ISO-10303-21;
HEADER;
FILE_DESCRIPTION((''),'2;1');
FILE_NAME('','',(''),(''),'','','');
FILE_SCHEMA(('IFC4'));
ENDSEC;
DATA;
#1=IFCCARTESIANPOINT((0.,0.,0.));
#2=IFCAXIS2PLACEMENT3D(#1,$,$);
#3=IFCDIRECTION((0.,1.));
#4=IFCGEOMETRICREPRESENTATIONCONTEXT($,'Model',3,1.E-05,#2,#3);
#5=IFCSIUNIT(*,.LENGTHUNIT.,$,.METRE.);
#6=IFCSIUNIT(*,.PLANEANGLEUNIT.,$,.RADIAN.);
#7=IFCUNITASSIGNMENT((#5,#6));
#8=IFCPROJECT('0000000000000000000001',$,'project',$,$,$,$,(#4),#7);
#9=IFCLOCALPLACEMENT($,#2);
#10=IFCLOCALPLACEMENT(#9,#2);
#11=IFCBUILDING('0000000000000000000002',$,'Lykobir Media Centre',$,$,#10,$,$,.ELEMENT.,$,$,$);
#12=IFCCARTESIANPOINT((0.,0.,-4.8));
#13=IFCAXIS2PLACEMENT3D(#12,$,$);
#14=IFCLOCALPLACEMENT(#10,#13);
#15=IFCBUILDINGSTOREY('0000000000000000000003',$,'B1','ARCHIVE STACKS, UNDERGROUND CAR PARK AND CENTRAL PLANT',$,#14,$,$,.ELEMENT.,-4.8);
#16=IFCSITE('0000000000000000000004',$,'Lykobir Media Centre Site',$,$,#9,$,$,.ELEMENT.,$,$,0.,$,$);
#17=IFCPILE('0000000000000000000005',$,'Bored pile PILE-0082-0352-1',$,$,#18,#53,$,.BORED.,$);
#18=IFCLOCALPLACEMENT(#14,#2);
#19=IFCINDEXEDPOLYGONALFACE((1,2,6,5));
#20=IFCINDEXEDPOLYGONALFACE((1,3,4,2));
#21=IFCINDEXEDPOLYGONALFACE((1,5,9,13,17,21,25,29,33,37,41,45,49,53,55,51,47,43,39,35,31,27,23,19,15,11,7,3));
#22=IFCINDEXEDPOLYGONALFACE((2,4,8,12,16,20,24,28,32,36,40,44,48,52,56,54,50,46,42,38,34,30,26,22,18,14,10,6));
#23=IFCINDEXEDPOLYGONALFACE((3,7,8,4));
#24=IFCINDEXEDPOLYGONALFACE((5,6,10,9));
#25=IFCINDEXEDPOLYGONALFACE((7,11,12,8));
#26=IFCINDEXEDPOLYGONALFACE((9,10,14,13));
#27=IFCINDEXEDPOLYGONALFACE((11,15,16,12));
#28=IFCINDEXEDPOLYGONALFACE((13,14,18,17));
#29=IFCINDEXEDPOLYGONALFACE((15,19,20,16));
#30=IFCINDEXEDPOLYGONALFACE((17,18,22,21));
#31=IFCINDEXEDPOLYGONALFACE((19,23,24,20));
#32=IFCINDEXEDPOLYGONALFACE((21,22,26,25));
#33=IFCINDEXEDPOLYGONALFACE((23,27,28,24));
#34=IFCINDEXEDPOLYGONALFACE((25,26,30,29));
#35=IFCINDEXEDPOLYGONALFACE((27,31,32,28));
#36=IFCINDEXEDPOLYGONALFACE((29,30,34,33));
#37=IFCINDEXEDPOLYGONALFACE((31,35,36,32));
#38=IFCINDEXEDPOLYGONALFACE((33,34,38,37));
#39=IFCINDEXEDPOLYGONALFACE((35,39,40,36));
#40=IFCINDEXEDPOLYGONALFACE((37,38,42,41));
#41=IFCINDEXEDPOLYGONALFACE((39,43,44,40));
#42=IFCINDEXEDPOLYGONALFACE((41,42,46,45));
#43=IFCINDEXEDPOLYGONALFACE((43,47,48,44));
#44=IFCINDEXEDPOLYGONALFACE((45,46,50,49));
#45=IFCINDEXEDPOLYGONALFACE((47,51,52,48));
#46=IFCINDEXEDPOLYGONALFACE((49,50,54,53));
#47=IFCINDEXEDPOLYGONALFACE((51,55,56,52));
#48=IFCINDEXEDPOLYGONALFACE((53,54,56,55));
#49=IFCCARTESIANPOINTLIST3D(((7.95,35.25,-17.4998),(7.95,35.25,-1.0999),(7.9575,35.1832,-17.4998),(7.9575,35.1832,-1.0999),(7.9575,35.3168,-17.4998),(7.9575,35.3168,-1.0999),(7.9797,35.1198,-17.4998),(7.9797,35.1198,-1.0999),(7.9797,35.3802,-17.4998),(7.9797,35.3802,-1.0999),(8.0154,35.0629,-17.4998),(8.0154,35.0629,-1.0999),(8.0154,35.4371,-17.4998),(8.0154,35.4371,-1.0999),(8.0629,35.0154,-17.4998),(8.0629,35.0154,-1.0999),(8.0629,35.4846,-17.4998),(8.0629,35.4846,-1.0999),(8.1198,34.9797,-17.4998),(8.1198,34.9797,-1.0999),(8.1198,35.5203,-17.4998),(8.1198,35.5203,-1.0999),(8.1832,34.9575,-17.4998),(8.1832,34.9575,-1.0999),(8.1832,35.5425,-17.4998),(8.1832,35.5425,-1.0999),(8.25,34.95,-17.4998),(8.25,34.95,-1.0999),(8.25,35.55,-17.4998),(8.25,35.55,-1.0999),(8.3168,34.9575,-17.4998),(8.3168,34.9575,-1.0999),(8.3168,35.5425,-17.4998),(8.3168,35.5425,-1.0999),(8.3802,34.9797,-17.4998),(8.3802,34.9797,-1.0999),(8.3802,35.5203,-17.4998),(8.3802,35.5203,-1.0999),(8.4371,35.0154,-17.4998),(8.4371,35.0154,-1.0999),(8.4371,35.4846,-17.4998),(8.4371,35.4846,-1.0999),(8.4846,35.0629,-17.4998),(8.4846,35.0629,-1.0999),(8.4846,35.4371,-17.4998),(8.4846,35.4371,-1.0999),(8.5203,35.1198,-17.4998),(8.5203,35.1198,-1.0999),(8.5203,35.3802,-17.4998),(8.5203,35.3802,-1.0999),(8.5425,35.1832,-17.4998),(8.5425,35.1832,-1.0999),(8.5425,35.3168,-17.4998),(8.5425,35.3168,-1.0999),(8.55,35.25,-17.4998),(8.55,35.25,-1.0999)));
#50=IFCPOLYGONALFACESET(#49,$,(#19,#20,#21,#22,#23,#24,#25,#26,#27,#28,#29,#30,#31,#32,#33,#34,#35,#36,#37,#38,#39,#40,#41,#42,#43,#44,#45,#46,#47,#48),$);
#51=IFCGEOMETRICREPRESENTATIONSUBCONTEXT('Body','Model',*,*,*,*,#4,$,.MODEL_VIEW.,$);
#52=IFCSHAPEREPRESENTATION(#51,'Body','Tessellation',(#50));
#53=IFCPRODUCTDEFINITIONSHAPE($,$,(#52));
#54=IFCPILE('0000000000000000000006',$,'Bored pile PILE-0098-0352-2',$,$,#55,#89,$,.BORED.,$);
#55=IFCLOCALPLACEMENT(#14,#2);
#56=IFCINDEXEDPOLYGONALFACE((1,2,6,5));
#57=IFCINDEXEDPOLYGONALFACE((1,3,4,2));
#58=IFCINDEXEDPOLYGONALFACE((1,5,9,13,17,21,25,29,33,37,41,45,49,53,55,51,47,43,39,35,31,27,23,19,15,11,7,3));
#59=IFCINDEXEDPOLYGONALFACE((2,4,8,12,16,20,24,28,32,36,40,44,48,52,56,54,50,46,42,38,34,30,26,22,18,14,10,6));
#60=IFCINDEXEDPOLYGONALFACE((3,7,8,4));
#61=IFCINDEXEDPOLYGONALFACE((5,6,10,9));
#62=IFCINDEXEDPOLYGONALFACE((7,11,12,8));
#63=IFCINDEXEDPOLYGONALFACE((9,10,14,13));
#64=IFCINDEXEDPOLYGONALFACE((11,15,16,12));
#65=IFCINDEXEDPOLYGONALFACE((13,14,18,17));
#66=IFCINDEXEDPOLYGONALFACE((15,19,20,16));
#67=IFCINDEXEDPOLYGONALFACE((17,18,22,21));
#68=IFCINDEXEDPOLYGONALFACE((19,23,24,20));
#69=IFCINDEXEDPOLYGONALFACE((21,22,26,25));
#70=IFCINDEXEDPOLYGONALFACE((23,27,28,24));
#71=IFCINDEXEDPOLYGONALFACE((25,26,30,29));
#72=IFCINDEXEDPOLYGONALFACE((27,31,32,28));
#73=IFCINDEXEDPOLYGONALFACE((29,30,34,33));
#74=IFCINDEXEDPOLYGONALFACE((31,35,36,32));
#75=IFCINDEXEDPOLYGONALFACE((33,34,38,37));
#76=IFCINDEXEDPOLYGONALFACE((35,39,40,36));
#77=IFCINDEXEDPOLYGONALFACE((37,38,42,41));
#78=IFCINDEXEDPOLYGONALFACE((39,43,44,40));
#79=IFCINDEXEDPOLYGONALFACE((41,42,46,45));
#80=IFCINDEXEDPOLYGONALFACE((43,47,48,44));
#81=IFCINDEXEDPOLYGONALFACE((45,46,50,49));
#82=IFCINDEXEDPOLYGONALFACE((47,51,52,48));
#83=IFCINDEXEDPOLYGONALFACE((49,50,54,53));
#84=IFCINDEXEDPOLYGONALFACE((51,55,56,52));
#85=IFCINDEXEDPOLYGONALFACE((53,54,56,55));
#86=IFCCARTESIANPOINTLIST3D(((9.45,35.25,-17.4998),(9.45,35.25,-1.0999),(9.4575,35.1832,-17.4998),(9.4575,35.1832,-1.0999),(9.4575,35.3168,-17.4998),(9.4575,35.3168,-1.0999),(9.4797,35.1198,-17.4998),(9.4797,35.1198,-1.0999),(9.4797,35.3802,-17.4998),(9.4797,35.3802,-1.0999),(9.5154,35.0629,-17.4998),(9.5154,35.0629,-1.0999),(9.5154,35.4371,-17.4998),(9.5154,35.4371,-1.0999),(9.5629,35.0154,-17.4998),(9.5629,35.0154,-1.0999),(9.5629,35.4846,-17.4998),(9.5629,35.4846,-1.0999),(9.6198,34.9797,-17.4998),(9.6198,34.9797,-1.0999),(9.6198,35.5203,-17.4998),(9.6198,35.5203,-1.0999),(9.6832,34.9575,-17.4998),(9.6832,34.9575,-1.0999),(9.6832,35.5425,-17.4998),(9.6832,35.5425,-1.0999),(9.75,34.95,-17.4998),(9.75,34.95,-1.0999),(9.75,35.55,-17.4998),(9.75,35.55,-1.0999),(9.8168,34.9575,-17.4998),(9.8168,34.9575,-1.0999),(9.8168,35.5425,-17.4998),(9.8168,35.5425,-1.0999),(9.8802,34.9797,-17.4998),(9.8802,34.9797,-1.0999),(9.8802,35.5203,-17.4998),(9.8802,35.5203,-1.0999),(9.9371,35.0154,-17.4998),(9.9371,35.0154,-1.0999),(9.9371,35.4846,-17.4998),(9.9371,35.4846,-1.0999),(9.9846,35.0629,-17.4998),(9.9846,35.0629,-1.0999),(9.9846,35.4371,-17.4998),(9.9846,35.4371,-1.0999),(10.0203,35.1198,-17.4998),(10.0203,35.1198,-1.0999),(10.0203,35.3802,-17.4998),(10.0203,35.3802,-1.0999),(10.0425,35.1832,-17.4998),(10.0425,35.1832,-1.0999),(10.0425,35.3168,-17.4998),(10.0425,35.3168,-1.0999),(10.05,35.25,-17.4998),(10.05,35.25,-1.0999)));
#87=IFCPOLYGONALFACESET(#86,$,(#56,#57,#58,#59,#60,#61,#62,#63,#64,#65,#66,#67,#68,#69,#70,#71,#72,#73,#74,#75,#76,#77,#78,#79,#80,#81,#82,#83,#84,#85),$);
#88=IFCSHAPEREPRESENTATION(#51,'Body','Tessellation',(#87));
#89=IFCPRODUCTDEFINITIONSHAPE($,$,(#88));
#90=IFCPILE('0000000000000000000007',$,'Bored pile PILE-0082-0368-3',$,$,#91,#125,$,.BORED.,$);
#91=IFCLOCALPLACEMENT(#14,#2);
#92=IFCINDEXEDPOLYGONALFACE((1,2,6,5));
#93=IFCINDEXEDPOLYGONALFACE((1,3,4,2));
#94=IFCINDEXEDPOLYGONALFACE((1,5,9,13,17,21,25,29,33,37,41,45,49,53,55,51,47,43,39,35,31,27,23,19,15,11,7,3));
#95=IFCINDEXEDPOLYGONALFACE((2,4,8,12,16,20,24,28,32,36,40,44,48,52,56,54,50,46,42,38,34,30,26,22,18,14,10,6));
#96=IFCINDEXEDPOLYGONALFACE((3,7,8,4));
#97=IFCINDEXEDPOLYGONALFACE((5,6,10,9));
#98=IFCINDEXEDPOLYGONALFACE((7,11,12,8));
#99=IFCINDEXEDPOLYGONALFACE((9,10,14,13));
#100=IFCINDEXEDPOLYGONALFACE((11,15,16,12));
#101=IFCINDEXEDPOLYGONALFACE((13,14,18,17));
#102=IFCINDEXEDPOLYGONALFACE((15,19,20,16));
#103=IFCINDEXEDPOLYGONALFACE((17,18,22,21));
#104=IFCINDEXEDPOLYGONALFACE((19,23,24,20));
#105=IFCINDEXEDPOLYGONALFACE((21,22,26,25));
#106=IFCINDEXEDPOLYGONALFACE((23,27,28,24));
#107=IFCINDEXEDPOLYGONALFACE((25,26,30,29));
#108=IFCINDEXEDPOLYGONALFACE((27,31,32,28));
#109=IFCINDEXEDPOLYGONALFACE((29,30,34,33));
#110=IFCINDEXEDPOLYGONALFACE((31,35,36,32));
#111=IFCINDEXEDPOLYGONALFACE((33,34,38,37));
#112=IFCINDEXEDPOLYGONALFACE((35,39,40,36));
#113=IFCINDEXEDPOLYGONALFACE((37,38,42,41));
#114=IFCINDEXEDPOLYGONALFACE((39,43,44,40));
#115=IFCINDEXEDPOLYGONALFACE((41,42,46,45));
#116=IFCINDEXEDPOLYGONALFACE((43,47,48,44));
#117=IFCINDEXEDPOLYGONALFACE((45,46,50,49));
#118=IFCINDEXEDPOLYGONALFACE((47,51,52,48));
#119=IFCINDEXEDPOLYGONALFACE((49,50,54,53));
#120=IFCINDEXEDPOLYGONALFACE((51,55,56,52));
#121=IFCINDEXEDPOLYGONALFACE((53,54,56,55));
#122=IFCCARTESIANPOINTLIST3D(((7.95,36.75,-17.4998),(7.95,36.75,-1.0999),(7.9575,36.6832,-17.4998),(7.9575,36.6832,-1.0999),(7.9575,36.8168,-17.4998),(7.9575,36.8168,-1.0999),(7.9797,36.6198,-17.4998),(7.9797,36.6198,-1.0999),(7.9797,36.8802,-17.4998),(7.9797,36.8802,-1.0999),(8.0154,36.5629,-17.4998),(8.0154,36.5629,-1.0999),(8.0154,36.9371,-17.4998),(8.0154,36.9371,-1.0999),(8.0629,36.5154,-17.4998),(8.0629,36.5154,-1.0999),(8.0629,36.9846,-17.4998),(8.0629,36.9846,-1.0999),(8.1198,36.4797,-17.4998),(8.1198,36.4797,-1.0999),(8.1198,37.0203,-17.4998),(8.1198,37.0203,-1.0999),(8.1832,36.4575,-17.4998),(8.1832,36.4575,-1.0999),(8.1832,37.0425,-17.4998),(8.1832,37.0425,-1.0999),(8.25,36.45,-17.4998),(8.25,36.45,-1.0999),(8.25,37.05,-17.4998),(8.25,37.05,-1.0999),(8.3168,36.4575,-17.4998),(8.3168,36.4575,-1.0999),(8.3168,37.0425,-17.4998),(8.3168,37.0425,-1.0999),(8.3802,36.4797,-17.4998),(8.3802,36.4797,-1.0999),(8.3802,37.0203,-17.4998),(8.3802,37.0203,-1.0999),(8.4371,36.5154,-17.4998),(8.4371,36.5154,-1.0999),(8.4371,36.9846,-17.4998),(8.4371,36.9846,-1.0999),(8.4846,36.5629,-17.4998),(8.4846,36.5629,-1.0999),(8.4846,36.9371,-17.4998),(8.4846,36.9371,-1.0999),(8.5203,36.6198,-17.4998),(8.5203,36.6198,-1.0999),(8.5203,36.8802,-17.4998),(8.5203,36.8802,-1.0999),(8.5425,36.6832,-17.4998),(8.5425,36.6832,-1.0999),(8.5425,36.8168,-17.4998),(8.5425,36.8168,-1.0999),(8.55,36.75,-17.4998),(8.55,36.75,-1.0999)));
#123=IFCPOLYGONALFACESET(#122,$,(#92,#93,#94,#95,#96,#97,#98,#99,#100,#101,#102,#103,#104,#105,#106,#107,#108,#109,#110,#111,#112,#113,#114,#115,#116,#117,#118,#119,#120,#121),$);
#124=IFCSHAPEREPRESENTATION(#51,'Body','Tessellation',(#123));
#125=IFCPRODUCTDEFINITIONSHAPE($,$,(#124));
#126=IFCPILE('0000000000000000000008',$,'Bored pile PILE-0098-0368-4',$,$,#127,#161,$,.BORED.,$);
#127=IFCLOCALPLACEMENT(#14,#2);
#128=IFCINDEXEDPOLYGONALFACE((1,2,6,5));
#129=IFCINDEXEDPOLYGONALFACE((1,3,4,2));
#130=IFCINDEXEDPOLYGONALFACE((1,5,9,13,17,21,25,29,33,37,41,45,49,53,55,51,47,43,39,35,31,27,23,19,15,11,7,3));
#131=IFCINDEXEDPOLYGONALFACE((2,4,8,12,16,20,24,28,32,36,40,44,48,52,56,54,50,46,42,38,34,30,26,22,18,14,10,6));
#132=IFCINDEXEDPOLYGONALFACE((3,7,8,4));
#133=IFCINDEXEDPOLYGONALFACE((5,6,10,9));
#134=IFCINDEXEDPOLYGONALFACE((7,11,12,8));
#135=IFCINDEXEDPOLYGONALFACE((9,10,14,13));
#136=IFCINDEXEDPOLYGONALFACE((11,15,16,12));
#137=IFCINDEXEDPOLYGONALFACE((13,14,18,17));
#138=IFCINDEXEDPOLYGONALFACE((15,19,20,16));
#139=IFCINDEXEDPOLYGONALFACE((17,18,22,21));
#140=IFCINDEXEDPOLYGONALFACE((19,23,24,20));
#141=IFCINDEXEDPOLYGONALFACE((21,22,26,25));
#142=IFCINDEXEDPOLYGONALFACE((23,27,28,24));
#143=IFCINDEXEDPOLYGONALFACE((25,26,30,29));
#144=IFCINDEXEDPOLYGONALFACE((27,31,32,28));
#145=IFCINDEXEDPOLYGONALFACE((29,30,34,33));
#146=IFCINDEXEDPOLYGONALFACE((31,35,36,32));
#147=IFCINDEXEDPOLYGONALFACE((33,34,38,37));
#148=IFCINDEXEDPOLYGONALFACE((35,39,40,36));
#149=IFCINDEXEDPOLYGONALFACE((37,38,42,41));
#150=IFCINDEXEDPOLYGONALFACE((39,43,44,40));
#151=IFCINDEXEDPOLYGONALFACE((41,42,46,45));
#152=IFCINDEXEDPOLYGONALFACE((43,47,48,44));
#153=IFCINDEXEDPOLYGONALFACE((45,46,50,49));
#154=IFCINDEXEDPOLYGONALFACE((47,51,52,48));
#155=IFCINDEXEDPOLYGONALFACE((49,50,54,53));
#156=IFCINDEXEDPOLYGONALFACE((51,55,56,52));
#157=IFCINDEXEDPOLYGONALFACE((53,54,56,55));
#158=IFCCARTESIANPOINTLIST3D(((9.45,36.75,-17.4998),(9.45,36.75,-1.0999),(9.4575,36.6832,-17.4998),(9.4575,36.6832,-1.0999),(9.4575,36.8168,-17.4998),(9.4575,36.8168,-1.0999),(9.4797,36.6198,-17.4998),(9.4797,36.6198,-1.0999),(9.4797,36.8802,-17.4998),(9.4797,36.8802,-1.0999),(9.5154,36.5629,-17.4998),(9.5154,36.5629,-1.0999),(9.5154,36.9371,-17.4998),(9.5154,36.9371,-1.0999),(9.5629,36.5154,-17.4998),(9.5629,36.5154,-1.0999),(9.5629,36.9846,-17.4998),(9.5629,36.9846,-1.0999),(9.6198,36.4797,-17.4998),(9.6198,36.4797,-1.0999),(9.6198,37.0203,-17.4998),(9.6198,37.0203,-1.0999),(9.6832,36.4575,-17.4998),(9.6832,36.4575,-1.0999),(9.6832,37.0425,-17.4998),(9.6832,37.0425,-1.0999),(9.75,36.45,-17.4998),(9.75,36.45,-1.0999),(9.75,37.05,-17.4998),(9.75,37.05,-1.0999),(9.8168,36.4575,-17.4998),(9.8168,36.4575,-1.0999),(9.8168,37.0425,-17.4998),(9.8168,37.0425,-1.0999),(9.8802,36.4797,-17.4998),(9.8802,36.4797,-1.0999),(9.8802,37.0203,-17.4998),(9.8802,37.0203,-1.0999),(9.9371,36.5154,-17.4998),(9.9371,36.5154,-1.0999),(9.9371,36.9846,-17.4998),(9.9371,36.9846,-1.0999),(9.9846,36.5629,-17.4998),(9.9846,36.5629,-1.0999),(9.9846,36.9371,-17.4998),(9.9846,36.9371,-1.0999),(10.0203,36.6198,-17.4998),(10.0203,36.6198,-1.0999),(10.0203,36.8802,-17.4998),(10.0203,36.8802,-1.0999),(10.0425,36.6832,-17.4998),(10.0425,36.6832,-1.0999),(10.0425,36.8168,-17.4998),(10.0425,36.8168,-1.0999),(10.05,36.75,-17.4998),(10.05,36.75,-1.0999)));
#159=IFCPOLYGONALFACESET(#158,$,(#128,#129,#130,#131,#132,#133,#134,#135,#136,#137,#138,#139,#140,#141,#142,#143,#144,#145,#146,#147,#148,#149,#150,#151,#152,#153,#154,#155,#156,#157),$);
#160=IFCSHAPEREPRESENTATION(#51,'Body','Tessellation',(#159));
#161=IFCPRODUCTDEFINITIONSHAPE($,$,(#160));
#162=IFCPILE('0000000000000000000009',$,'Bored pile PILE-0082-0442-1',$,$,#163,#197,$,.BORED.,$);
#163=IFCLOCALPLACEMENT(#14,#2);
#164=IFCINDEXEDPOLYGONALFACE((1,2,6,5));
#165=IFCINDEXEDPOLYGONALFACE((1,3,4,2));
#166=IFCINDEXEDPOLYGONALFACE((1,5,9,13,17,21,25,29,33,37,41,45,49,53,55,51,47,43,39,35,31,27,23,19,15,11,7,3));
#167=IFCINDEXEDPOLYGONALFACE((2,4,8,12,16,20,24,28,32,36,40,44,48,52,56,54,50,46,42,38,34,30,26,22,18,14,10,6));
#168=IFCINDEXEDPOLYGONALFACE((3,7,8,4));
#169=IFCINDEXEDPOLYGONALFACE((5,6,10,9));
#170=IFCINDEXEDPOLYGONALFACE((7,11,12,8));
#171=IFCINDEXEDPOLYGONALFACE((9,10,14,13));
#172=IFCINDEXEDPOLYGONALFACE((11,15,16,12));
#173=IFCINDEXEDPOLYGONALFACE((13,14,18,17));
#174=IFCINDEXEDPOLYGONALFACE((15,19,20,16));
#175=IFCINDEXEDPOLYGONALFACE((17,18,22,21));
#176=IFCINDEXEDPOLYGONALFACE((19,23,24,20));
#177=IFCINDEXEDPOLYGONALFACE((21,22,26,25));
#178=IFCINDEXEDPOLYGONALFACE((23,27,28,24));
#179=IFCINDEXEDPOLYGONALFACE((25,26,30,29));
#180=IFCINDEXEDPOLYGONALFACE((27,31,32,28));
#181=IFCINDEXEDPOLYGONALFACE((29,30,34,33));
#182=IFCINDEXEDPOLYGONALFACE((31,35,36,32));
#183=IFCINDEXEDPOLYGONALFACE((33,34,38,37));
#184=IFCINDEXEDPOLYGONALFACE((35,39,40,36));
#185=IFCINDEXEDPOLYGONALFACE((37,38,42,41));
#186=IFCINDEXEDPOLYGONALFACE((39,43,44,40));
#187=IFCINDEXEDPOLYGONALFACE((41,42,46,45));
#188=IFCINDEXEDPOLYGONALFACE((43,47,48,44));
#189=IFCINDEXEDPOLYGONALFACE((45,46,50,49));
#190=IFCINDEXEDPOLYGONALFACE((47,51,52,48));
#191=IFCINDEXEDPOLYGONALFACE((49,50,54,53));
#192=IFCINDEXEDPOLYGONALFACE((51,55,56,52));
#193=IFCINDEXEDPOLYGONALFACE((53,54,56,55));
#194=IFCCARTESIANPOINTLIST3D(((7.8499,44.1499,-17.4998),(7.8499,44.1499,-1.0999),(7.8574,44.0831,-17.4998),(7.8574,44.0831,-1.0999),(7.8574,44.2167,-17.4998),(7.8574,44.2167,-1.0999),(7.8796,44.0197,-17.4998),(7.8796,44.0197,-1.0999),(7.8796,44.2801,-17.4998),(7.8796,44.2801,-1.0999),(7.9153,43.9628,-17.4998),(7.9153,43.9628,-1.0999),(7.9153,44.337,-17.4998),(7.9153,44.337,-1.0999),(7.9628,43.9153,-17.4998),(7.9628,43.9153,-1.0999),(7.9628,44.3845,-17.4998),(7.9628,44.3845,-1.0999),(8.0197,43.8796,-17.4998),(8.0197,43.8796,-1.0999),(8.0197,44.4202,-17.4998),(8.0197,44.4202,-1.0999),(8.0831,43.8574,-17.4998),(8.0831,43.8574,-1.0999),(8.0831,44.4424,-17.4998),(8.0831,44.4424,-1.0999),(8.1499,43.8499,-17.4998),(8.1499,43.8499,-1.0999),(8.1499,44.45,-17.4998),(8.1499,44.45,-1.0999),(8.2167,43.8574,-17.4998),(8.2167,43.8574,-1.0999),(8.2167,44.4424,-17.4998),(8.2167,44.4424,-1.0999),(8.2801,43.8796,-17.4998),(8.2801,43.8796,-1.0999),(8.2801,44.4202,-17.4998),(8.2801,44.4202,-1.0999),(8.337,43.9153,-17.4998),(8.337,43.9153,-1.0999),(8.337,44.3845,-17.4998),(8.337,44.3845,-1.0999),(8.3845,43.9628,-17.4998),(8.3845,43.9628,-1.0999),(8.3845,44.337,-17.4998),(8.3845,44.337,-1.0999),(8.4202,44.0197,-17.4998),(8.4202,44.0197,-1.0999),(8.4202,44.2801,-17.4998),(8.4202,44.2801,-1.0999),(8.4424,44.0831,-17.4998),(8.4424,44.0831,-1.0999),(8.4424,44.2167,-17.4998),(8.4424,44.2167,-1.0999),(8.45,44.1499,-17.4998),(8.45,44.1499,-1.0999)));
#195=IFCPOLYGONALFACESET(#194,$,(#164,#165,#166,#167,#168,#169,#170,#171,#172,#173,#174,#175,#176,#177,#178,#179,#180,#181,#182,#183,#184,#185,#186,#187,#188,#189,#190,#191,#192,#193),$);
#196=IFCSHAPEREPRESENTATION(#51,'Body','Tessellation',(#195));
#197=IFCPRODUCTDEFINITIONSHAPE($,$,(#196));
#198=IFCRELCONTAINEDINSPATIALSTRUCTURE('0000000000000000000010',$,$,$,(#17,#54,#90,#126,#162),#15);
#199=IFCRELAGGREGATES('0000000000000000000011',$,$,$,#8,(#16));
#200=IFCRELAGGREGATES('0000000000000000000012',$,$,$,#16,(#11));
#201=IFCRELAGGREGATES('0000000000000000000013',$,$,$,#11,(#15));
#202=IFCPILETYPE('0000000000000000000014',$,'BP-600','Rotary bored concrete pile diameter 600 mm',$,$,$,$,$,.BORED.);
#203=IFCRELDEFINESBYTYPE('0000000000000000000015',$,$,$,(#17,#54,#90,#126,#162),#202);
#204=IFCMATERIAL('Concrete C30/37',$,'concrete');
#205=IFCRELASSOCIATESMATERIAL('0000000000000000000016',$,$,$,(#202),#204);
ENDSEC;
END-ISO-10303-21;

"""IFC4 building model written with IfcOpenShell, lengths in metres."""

from ifc_helpers import new_model, si_unit, direction, frame, origin, origin_2d, place, context, subcontext, project, spatial, circle, extrude, material, material_profile, profile_set, type_object, element, save


model = new_model("IFC4")

# Units and contexts
model_context = context("Model", 3, precision=1e-05, world=origin(), true_north=direction((0.0, 1.0)))
body_context = subcontext(model_context, "Body", "Model", "MODEL_VIEW")
ifc_project = project(units=[si_unit("LENGTHUNIT", "METRE"), si_unit("PLANEANGLEUNIT", "RADIAN")], contexts=[model_context])

# Site, building, storey
site_placement = place(None, origin())
site = spatial("IfcSite", under=ifc_project, at=site_placement, Name="Lykobir Media Centre Site", CompositionType="ELEMENT", RefElevation=0.0)
building_placement = place(site_placement, origin())
building = spatial("IfcBuilding", under=site, at=building_placement, Name="Lykobir Media Centre", CompositionType="ELEMENT")
storey_placement = place(building_placement, frame((0.0, 0.0, -4.8)))
storey = spatial("IfcBuildingStorey", under=building, at=storey_placement, Name="B1", Description="ARCHIVE STACKS, UNDERGROUND CAR PARK AND CENTRAL PLANT", CompositionType="ELEMENT", Elevation=-4.8)

# Piles
ifc_material_1 = material(Name="Concrete C30/37", Category="concrete")
ifc_material_profile_1 = material_profile(ifc_material_1, circle(Radius=0.3, at=origin_2d()), Name="BORED PILE D600")
ifc_profile_set_1 = profile_set([ifc_material_profile_1], Name="Concrete C30/37")
pile_type = type_object("IfcPileType", Name="BP-600", Description="Rotary bored concrete pile diameter 600 mm", PredefinedType="BORED", material=ifc_profile_set_1)
for number, where, z_axis, x_axis, name in (
    (1, (8.25, 35.25, -1.0999), (0.0, 0.0, -1.0), (1.0, 0.0, 0.0), "Bored pile PILE-0082-0352-1"),
    (2, (9.75, 35.25, -1.0999), (0.0, 0.0, -1.0), (1.0, 0.0, 0.0), "Bored pile PILE-0098-0352-2"),
    (3, (8.25, 36.75, -1.0999), (0.0, 0.0, -1.0), (1.0, 0.0, 0.0), "Bored pile PILE-0082-0368-3"),
    (4, (9.75, 36.75, -1.0999), (0.0, 0.0, -1.0), (1.0, 0.0, 0.0), "Bored pile PILE-0098-0368-4"),
    (5, (8.1499, 44.1499, -1.0999), (0.0, 0.0, -1.0), (1.0, 0.0, 0.0), "Bored pile PILE-0082-0442-1"),
):
    element("IfcPile", number, at=place(storey_placement, frame(where, z_axis=z_axis, x_axis=x_axis)), inside=storey, type_object=pile_type, Name=name, PredefinedType="BORED", context=body_context, shape_type="SweptSolid", body=[
        extrude(circle(Radius=0.3, at=origin_2d()), origin(), (0.0, 0.0, 1.0), 16.3999),
    ])

save(model, "model.ifc")
